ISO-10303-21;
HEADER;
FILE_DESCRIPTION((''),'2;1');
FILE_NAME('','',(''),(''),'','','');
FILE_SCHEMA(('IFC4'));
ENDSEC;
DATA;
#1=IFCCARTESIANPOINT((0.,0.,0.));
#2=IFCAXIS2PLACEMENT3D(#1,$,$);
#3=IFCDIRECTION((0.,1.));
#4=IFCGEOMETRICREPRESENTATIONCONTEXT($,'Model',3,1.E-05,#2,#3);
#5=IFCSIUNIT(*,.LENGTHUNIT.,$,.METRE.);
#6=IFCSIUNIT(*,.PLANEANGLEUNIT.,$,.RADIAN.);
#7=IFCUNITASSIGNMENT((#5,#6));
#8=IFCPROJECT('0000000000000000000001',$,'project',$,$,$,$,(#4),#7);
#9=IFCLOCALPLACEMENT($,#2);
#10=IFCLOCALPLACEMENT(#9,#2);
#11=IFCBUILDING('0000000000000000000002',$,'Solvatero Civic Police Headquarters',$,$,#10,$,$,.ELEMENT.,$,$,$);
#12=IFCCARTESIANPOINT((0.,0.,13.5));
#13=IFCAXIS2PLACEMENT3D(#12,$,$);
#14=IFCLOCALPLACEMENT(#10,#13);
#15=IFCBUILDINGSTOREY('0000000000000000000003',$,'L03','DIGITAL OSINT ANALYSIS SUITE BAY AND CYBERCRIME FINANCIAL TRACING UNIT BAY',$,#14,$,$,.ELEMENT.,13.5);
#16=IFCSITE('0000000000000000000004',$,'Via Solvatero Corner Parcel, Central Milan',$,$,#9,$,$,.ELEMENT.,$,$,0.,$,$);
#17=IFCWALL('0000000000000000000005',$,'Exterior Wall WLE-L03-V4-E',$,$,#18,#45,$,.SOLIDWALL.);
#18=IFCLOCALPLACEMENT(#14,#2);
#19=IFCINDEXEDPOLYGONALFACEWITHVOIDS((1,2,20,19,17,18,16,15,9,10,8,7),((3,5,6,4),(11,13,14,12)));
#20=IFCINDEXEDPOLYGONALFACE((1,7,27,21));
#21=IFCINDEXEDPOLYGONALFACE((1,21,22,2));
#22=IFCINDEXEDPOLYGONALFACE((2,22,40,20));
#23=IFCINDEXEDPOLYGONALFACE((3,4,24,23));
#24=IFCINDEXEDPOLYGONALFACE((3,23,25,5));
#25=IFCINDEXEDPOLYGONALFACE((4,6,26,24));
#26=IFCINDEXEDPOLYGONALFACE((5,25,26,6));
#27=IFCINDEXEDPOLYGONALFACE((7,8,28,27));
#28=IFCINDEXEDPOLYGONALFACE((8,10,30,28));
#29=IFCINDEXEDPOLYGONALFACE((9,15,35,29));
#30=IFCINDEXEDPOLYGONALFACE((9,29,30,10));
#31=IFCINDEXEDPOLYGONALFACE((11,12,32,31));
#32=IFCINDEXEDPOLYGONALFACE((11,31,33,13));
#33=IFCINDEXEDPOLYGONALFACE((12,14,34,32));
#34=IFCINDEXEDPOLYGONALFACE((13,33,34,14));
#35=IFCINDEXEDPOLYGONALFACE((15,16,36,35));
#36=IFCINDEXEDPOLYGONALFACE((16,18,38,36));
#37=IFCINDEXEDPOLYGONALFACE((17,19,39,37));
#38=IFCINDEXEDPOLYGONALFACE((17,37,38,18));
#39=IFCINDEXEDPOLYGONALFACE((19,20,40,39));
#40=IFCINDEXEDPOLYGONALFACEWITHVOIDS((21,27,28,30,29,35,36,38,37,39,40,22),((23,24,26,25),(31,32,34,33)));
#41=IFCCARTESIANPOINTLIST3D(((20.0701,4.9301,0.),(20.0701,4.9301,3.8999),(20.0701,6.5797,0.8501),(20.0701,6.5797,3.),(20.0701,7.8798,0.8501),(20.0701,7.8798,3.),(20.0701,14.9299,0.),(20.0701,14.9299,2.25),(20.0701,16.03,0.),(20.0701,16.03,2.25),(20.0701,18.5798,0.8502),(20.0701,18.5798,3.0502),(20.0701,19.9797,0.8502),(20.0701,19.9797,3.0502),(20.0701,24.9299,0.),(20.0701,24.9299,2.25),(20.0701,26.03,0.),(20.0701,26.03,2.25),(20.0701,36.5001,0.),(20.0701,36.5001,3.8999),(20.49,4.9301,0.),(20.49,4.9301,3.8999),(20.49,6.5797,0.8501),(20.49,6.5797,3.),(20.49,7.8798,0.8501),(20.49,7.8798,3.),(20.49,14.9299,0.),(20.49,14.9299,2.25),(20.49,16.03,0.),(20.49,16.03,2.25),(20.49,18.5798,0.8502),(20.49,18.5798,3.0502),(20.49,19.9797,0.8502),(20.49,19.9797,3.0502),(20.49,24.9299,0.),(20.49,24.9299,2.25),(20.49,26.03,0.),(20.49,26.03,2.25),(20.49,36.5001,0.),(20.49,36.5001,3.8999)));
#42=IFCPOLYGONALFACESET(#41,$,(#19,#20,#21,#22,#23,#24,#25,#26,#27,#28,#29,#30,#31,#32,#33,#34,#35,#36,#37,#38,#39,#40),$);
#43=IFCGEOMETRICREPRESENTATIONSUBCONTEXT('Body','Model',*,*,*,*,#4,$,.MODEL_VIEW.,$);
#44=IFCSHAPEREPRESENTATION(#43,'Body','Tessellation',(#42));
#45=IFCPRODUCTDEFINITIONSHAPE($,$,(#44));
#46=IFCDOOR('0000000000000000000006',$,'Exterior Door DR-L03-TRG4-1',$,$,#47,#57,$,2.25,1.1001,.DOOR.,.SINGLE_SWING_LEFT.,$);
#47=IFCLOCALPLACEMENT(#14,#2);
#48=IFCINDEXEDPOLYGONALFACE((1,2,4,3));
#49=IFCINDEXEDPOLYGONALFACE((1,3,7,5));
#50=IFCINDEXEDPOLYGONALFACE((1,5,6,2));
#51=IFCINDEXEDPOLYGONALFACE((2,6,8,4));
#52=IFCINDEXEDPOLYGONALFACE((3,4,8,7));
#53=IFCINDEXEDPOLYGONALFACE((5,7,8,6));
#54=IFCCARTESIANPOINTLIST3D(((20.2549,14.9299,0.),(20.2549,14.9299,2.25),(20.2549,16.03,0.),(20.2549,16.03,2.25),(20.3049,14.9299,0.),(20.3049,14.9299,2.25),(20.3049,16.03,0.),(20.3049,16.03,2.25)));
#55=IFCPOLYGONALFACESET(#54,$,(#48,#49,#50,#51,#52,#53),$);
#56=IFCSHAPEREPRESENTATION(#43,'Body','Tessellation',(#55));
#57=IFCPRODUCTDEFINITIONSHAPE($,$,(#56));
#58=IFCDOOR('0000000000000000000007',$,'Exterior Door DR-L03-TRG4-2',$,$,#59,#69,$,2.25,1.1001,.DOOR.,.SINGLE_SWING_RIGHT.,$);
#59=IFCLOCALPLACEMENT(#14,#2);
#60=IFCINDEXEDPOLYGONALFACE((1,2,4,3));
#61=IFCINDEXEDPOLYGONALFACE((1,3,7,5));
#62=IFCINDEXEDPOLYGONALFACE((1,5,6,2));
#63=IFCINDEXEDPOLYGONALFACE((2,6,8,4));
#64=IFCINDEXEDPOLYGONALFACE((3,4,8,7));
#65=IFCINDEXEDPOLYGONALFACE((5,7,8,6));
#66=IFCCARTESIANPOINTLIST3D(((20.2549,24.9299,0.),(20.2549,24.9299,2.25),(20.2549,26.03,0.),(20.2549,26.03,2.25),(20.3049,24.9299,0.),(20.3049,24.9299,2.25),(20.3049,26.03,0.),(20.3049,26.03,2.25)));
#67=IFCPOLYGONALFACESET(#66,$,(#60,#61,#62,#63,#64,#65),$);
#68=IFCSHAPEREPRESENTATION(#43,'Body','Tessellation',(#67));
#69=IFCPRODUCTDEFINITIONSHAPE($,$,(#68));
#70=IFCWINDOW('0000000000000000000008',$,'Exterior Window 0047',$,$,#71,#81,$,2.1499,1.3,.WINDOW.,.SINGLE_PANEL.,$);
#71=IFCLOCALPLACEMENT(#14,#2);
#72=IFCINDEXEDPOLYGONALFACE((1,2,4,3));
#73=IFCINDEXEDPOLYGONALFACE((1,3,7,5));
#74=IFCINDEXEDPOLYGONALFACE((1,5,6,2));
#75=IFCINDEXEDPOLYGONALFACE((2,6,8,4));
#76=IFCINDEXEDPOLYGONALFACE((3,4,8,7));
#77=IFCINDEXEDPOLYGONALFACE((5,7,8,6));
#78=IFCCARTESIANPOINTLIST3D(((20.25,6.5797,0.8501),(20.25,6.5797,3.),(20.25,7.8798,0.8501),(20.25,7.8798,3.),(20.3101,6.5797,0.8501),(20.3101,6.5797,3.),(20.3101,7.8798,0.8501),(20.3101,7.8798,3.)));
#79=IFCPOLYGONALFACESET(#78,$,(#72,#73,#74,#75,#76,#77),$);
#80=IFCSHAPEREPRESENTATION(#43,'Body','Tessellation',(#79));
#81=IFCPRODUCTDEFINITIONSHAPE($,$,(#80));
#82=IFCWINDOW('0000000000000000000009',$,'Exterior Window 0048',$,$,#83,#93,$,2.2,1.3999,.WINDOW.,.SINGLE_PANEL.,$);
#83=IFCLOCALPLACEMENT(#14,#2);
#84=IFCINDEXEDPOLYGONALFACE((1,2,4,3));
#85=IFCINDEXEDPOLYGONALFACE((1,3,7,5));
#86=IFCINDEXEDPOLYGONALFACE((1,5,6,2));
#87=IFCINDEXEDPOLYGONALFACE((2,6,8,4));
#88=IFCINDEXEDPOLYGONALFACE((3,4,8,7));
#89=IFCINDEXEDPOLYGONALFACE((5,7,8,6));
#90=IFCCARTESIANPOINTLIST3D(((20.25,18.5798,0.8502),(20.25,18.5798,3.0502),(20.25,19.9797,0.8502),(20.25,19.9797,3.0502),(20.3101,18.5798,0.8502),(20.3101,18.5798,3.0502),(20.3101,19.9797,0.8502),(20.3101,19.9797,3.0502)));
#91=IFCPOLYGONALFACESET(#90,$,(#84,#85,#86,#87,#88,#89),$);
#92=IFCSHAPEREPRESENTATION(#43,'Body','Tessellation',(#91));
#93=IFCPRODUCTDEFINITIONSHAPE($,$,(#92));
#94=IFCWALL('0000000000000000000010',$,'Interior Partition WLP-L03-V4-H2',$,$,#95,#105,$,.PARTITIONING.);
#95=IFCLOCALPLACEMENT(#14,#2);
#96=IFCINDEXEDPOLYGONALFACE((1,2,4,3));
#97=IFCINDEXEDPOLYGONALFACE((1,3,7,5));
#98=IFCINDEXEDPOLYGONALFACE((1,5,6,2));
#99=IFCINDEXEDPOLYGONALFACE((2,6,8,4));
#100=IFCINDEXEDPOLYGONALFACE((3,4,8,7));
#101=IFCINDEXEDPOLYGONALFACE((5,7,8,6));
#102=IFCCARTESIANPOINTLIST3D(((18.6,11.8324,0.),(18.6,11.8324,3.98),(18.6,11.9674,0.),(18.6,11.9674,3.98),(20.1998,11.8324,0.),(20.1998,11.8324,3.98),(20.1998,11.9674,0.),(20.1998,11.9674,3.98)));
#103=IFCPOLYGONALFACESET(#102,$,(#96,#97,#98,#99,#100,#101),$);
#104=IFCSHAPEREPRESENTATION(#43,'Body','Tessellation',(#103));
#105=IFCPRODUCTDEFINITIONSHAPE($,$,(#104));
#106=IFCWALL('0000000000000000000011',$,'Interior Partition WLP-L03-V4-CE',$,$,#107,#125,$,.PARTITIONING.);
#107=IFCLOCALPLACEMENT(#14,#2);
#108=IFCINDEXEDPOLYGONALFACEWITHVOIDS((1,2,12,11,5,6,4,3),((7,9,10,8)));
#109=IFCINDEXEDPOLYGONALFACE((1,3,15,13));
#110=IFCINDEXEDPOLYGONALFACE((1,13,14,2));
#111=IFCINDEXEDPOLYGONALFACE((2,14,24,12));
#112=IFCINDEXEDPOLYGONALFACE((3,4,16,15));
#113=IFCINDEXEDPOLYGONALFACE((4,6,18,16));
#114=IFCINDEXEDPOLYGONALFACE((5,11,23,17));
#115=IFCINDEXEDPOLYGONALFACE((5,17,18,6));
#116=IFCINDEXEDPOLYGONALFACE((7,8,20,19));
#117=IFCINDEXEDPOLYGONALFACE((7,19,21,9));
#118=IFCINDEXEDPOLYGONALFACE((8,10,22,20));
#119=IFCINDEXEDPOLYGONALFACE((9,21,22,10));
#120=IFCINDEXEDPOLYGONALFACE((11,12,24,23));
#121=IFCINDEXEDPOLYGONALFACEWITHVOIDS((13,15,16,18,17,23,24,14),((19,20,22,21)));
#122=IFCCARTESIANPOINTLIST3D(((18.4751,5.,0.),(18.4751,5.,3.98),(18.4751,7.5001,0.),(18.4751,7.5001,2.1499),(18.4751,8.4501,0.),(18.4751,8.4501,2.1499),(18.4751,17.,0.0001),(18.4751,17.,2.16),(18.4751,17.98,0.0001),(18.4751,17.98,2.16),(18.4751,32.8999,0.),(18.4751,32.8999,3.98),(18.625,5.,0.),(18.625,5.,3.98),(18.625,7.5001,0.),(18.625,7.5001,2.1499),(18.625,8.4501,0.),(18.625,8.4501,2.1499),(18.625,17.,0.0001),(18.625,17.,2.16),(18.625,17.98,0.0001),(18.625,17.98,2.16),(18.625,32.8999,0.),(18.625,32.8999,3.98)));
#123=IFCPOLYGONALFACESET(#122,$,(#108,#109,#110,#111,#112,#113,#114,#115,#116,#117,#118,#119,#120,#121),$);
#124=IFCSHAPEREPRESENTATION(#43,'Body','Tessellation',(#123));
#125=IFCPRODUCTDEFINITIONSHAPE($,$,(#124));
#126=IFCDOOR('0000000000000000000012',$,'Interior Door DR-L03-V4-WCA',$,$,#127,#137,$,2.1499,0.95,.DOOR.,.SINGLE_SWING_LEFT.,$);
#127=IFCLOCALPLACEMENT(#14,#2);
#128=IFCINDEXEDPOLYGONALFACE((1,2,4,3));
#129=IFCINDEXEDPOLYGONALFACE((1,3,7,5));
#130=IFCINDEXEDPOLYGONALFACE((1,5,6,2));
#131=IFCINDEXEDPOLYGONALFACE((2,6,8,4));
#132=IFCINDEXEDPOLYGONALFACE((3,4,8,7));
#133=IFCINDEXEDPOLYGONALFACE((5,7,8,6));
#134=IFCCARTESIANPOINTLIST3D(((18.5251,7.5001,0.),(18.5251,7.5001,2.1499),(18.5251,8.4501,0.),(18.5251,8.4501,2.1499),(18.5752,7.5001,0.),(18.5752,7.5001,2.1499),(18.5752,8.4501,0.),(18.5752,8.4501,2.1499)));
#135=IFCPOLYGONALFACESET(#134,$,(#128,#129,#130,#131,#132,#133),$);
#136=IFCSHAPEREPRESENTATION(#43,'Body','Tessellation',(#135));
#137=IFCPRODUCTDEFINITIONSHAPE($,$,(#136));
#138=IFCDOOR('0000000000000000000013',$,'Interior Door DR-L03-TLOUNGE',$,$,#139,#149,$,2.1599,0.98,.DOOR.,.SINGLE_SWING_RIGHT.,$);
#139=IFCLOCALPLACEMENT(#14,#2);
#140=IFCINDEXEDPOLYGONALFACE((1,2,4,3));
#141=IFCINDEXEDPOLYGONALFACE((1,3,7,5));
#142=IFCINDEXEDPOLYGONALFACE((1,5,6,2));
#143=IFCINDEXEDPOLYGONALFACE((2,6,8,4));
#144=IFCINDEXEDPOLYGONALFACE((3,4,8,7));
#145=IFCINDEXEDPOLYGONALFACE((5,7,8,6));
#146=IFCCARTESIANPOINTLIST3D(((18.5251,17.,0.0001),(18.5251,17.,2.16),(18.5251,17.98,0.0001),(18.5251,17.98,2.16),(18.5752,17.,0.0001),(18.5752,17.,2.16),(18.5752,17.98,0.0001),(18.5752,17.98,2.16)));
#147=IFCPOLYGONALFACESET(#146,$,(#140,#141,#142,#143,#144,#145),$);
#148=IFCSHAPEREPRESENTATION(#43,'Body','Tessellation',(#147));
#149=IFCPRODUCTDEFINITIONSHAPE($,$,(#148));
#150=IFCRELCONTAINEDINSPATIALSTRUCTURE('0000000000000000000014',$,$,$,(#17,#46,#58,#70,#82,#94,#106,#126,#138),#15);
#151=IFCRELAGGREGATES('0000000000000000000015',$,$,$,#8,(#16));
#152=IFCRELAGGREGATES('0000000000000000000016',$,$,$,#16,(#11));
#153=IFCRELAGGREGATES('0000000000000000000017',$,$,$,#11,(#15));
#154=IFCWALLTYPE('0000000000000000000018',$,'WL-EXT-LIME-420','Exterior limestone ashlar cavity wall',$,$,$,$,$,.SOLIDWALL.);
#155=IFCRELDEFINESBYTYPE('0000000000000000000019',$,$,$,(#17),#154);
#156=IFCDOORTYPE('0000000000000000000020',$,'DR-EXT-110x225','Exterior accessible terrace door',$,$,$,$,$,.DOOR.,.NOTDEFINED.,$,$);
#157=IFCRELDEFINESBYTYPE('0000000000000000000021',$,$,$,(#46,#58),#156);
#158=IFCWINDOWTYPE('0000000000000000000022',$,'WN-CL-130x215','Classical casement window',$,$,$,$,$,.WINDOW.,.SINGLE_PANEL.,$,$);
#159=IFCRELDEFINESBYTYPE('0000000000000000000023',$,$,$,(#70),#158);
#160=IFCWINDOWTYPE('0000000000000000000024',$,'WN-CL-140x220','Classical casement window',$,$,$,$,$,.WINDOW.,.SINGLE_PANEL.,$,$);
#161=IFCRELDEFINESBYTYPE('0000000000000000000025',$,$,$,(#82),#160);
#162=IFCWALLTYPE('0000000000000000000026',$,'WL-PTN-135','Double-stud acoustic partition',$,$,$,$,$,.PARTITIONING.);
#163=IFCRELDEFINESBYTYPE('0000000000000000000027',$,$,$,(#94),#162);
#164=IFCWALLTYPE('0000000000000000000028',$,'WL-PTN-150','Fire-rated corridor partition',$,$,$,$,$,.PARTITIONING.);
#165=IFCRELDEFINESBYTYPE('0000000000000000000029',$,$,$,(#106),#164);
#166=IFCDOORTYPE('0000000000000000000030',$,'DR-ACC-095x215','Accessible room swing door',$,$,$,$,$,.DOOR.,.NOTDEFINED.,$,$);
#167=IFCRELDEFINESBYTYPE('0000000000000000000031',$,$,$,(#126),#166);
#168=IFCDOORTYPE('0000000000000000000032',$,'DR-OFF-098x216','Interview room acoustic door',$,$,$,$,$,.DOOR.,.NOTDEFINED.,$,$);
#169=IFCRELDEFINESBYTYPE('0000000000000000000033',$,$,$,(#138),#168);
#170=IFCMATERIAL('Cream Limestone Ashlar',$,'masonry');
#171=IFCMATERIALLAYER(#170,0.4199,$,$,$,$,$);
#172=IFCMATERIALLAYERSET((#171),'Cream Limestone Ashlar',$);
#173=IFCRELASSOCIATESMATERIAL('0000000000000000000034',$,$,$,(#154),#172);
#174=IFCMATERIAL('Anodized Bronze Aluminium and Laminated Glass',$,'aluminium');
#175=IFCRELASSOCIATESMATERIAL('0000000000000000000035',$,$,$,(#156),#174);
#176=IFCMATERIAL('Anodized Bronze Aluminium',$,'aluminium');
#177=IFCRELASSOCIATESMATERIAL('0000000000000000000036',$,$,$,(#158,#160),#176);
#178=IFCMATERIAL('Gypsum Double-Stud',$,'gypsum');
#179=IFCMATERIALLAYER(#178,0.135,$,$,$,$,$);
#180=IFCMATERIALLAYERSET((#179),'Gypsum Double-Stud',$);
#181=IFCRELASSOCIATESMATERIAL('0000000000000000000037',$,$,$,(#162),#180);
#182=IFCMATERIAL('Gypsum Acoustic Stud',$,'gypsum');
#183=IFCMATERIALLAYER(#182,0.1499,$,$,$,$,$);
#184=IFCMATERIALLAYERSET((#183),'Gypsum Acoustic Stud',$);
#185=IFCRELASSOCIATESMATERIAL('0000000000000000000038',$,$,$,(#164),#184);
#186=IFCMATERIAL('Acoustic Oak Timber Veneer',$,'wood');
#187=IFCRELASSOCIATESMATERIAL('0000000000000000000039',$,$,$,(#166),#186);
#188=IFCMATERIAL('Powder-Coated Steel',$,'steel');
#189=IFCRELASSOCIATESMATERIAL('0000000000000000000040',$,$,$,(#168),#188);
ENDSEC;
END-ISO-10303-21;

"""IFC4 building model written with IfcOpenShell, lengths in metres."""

from ifc_helpers import new_model, si_unit, direction, frame, frame_2d, origin, place, context, subcontext, project, spatial, rectangle, extrude, material, layer, layer_set, type_object, element, fill, save


model = new_model("IFC4")

# Units and contexts
model_context = context("Model", 3, precision=1e-05, world=origin(), true_north=direction((0.0, 1.0)))
body_context = subcontext(model_context, "Body", "Model", "MODEL_VIEW")
ifc_project = project(units=[si_unit("LENGTHUNIT", "METRE"), si_unit("PLANEANGLEUNIT", "RADIAN")], contexts=[model_context])

# Site, building, storey
site_placement = place(None, origin())
site = spatial("IfcSite", under=ifc_project, at=site_placement, Name="Via Solvatero Corner Parcel, Central Milan", CompositionType="ELEMENT", RefElevation=0.0)
building_placement = place(site_placement, origin())
building = spatial("IfcBuilding", under=site, at=building_placement, Name="Solvatero Civic Police Headquarters", CompositionType="ELEMENT")
storey_placement = place(building_placement, frame((0.0, 0.0, 13.5)))
storey = spatial("IfcBuildingStorey", under=building, at=storey_placement, Name="L03", Description="DIGITAL OSINT ANALYSIS SUITE BAY AND CYBERCRIME FINANCIAL TRACING UNIT BAY", CompositionType="ELEMENT", Elevation=13.5)

# Wall, openings, doors, windows
ifc_material_1 = material(Name="Cream Limestone Ashlar", Category="masonry")
ifc_layer_1 = layer(ifc_material_1, 0.4199)
ifc_layer_set_1 = layer_set([ifc_layer_1], Name="Cream Limestone Ashlar")
wall_type_1 = type_object("IfcWallType", Name="WL-EXT-LIME-420", Description="Exterior limestone ashlar cavity wall", PredefinedType="SOLIDWALL", material=ifc_layer_set_1)
wall_1_placement = place(storey_placement, frame((20.28, 4.9299, 0.0), z_axis=(0.0, 0.0, 1.0), x_axis=(0.0, 1.0, 0.0)))
wall_1 = element("IfcWall", 1, at=wall_1_placement, inside=storey, type_object=wall_type_1, Name="Exterior Wall WLE-L03-V4-E", PredefinedType="SOLIDWALL", context=body_context, shape_type="SweptSolid", body=[
    extrude(rectangle(XDim=31.5701, YDim=0.4199, at=frame_2d((15.7852, 0.0))), origin(), (0.0, 0.0, 1.0), 3.8999),
])
opening_1_placement = place(wall_1_placement, frame((11.1001, 0.0, 0.0), z_axis=(0.0, 0.0, 1.0), x_axis=(-1.0, 0.0, 0.0)))
opening_1 = element("IfcOpeningElement", 2, at=opening_1_placement, cuts=wall_1, PredefinedType="OPENING", context=body_context, shape_type="SweptSolid", body=[
    extrude(rectangle(XDim=1.1001, YDim=2.25, at=frame_2d((0.55, 1.125))), frame((0.0, 0.22, 0.0), z_axis=(0.0, -1.0, 0.0), x_axis=(1.0, 0.0, 0.0)), (0.0, 0.0, 1.0), 0.4399),
])
opening_2_placement = place(wall_1_placement, frame((21.1001, 0.0, 0.0), z_axis=(0.0, 0.0, 1.0), x_axis=(-1.0, 0.0, 0.0)))
opening_2 = element("IfcOpeningElement", 3, at=opening_2_placement, cuts=wall_1, PredefinedType="OPENING", context=body_context, shape_type="SweptSolid", body=[
    extrude(rectangle(XDim=1.1001, YDim=2.25, at=frame_2d((0.55, 1.125))), frame((0.0, 0.22, 0.0), z_axis=(0.0, -1.0, 0.0), x_axis=(1.0, 0.0, 0.0)), (0.0, 0.0, 1.0), 0.4399),
])
opening_3_placement = place(wall_1_placement, frame((1.6499, 0.0, 0.8501)))
opening_3 = element("IfcOpeningElement", 4, at=opening_3_placement, cuts=wall_1, PredefinedType="OPENING", context=body_context, shape_type="SweptSolid", body=[
    extrude(rectangle(XDim=1.3, YDim=2.1499, at=frame_2d((0.6499, 1.075))), frame((0.0, 0.22, 0.0), z_axis=(0.0, -1.0, 0.0), x_axis=(1.0, 0.0, 0.0)), (0.0, 0.0, 1.0), 0.4399),
])
opening_4_placement = place(wall_1_placement, frame((13.6499, 0.0, 0.8501)))
opening_4 = element("IfcOpeningElement", 5, at=opening_4_placement, cuts=wall_1, PredefinedType="OPENING", context=body_context, shape_type="SweptSolid", body=[
    extrude(rectangle(XDim=1.3999, YDim=2.2, at=frame_2d((0.7, 1.1001))), frame((0.0, 0.22, 0.0), z_axis=(0.0, -1.0, 0.0), x_axis=(1.0, 0.0, 0.0)), (0.0, 0.0, 1.0), 0.4399),
])
ifc_material_2 = material(Name="Anodized Bronze Aluminium and Laminated Glass", Category="aluminium")
door_type_1 = type_object("IfcDoorType", Name="DR-EXT-110x225", Description="Exterior accessible terrace door", OperationType="NOTDEFINED", PredefinedType="DOOR", material=ifc_material_2)
door_1_placement = place(opening_1_placement, origin())
door_1 = element("IfcDoor", 6, at=door_1_placement, inside=storey, type_object=door_type_1, Name="Exterior Door DR-L03-TRG4-1", OperationType="SINGLE_SWING_LEFT", OverallHeight=2.25, OverallWidth=1.1001, PredefinedType="DOOR", context=body_context, shape_type="SweptSolid", body=[
    extrude(rectangle(XDim=1.1001, YDim=2.25, at=frame_2d((0.55, 1.125))), frame((0.0, 0.0249, 0.0), z_axis=(0.0, -1.0, 0.0), x_axis=(1.0, 0.0, 0.0)), (0.0, 0.0, 1.0), 0.05),
])
fill(opening_1, door_1)
door_2_placement = place(opening_2_placement, origin())
door_2 = element("IfcDoor", 7, at=door_2_placement, inside=storey, type_object=door_type_1, Name="Exterior Door DR-L03-TRG4-2", OperationType="SINGLE_SWING_RIGHT", OverallHeight=2.25, OverallWidth=1.1001, PredefinedType="DOOR", context=body_context, shape_type="SweptSolid", body=[
    extrude(rectangle(XDim=1.1001, YDim=2.25, at=frame_2d((0.55, 1.125))), frame((0.0, 0.0249, 0.0), z_axis=(0.0, -1.0, 0.0), x_axis=(1.0, 0.0, 0.0)), (0.0, 0.0, 1.0), 0.05),
])
fill(opening_2, door_2)
ifc_material_3 = material(Name="Anodized Bronze Aluminium", Category="aluminium")
window_type_1 = type_object("IfcWindowType", Name="WN-CL-130x215", Description="Classical casement window", PartitioningType="SINGLE_PANEL", PredefinedType="WINDOW", material=ifc_material_3)
window_1_placement = place(opening_3_placement, origin())
window_1 = element("IfcWindow", 8, at=window_1_placement, inside=storey, type_object=window_type_1, Name="Exterior Window 0047", OverallHeight=2.1499, OverallWidth=1.3, PartitioningType="SINGLE_PANEL", PredefinedType="WINDOW", context=body_context, shape_type="SweptSolid", body=[
    extrude(rectangle(XDim=1.3, YDim=2.1499, at=frame_2d((0.6499, 1.075))), frame((0.0, 0.03, 0.0), z_axis=(0.0, -1.0, 0.0), x_axis=(1.0, 0.0, 0.0)), (0.0, 0.0, 1.0), 0.0601),
])
fill(opening_3, window_1)
window_type_2 = type_object("IfcWindowType", Name="WN-CL-140x220", Description="Classical casement window", PartitioningType="SINGLE_PANEL", PredefinedType="WINDOW", material=ifc_material_3)
window_2_placement = place(opening_4_placement, origin())
window_2 = element("IfcWindow", 9, at=window_2_placement, inside=storey, type_object=window_type_2, Name="Exterior Window 0048", OverallHeight=2.2, OverallWidth=1.3999, PartitioningType="SINGLE_PANEL", PredefinedType="WINDOW", context=body_context, shape_type="SweptSolid", body=[
    extrude(rectangle(XDim=1.3999, YDim=2.2, at=frame_2d((0.7, 1.1001))), frame((0.0, 0.03, 0.0), z_axis=(0.0, -1.0, 0.0), x_axis=(1.0, 0.0, 0.0)), (0.0, 0.0, 1.0), 0.0601),
])
fill(opening_4, window_2)

# Wall
ifc_material_4 = material(Name="Gypsum Double-Stud", Category="gypsum")
ifc_layer_2 = layer(ifc_material_4, 0.135)
ifc_layer_set_2 = layer_set([ifc_layer_2], Name="Gypsum Double-Stud")
wall_type_2 = type_object("IfcWallType", Name="WL-PTN-135", Description="Double-stud acoustic partition", PredefinedType="PARTITIONING", material=ifc_layer_set_2)
wall_2_placement = place(storey_placement, frame((18.6001, 11.8999, 0.0), z_axis=(0.0, 0.0, 1.0), x_axis=(1.0, 0.0, 0.0)))
element("IfcWall", 10, at=wall_2_placement, inside=storey, type_object=wall_type_2, Name="Interior Partition WLP-L03-V4-H2", PredefinedType="PARTITIONING", context=body_context, shape_type="SweptSolid", body=[
    extrude(rectangle(XDim=1.5999, YDim=0.135, at=frame_2d((0.7998, 0.0))), origin(), (0.0, 0.0, 1.0), 3.98),
])

# Wall, openings, doors
ifc_material_5 = material(Name="Gypsum Acoustic Stud", Category="gypsum")
ifc_layer_3 = layer(ifc_material_5, 0.1499)
ifc_layer_set_3 = layer_set([ifc_layer_3], Name="Gypsum Acoustic Stud")
wall_type_3 = type_object("IfcWallType", Name="WL-PTN-150", Description="Fire-rated corridor partition", PredefinedType="PARTITIONING", material=ifc_layer_set_3)
wall_3_placement = place(storey_placement, frame((18.55, 5.0, 0.0), z_axis=(0.0, 0.0, 1.0), x_axis=(0.0, 1.0, 0.0)))
wall_3 = element("IfcWall", 11, at=wall_3_placement, inside=storey, type_object=wall_type_3, Name="Interior Partition WLP-L03-V4-CE", PredefinedType="PARTITIONING", context=body_context, shape_type="SweptSolid", body=[
    extrude(rectangle(XDim=27.8999, YDim=0.1499, at=frame_2d((13.95, 0.0))), origin(), (0.0, 0.0, 1.0), 3.98),
])
opening_5_placement = place(wall_3_placement, frame((2.5, 0.0, 0.0)))
opening_5 = element("IfcOpeningElement", 12, at=opening_5_placement, cuts=wall_3, PredefinedType="OPENING", context=body_context, shape_type="SweptSolid", body=[
    extrude(rectangle(XDim=0.95, YDim=2.1499, at=frame_2d((0.4751, 1.075))), frame((0.0, 0.085, 0.0), z_axis=(0.0, -1.0, 0.0), x_axis=(1.0, 0.0, 0.0)), (0.0, 0.0, 1.0), 0.1699),
])
opening_6_placement = place(wall_3_placement, frame((12.0, 0.0, 0.0)))
opening_6 = element("IfcOpeningElement", 13, at=opening_6_placement, cuts=wall_3, PredefinedType="OPENING", context=body_context, shape_type="SweptSolid", body=[
    extrude(rectangle(XDim=0.98, YDim=2.1599, at=frame_2d((0.49, 1.0801))), frame((0.0, 0.085, 0.0), z_axis=(0.0, -1.0, 0.0), x_axis=(1.0, 0.0, 0.0)), (0.0, 0.0, 1.0), 0.1699),
])
ifc_material_6 = material(Name="Acoustic Oak Timber Veneer", Category="wood")
door_type_2 = type_object("IfcDoorType", Name="DR-ACC-095x215", Description="Accessible room swing door", OperationType="NOTDEFINED", PredefinedType="DOOR", material=ifc_material_6)
door_3_placement = place(opening_5_placement, origin())
door_3 = element("IfcDoor", 14, at=door_3_placement, inside=storey, type_object=door_type_2, Name="Interior Door DR-L03-V4-WCA", OperationType="SINGLE_SWING_LEFT", OverallHeight=2.1499, OverallWidth=0.95, PredefinedType="DOOR", context=body_context, shape_type="SweptSolid", body=[
    extrude(rectangle(XDim=0.95, YDim=2.1499, at=frame_2d((0.4751, 1.075))), frame((0.0, 0.0249, 0.0), z_axis=(0.0, -1.0, 0.0), x_axis=(1.0, 0.0, 0.0)), (0.0, 0.0, 1.0), 0.05),
])
fill(opening_5, door_3)
ifc_material_7 = material(Name="Powder-Coated Steel", Category="steel")
door_type_3 = type_object("IfcDoorType", Name="DR-OFF-098x216", Description="Interview room acoustic door", OperationType="NOTDEFINED", PredefinedType="DOOR", material=ifc_material_7)
door_4_placement = place(opening_6_placement, origin())
door_4 = element("IfcDoor", 15, at=door_4_placement, inside=storey, type_object=door_type_3, Name="Interior Door DR-L03-TLOUNGE", OperationType="SINGLE_SWING_RIGHT", OverallHeight=2.1599, OverallWidth=0.98, PredefinedType="DOOR", context=body_context, shape_type="SweptSolid", body=[
    extrude(rectangle(XDim=0.98, YDim=2.1599, at=frame_2d((0.49, 1.0801))), frame((0.0, 0.0249, 0.0), z_axis=(0.0, -1.0, 0.0), x_axis=(1.0, 0.0, 0.0)), (0.0, 0.0, 1.0), 0.05),
])
fill(opening_6, door_4)

save(model, "model.ifc")
